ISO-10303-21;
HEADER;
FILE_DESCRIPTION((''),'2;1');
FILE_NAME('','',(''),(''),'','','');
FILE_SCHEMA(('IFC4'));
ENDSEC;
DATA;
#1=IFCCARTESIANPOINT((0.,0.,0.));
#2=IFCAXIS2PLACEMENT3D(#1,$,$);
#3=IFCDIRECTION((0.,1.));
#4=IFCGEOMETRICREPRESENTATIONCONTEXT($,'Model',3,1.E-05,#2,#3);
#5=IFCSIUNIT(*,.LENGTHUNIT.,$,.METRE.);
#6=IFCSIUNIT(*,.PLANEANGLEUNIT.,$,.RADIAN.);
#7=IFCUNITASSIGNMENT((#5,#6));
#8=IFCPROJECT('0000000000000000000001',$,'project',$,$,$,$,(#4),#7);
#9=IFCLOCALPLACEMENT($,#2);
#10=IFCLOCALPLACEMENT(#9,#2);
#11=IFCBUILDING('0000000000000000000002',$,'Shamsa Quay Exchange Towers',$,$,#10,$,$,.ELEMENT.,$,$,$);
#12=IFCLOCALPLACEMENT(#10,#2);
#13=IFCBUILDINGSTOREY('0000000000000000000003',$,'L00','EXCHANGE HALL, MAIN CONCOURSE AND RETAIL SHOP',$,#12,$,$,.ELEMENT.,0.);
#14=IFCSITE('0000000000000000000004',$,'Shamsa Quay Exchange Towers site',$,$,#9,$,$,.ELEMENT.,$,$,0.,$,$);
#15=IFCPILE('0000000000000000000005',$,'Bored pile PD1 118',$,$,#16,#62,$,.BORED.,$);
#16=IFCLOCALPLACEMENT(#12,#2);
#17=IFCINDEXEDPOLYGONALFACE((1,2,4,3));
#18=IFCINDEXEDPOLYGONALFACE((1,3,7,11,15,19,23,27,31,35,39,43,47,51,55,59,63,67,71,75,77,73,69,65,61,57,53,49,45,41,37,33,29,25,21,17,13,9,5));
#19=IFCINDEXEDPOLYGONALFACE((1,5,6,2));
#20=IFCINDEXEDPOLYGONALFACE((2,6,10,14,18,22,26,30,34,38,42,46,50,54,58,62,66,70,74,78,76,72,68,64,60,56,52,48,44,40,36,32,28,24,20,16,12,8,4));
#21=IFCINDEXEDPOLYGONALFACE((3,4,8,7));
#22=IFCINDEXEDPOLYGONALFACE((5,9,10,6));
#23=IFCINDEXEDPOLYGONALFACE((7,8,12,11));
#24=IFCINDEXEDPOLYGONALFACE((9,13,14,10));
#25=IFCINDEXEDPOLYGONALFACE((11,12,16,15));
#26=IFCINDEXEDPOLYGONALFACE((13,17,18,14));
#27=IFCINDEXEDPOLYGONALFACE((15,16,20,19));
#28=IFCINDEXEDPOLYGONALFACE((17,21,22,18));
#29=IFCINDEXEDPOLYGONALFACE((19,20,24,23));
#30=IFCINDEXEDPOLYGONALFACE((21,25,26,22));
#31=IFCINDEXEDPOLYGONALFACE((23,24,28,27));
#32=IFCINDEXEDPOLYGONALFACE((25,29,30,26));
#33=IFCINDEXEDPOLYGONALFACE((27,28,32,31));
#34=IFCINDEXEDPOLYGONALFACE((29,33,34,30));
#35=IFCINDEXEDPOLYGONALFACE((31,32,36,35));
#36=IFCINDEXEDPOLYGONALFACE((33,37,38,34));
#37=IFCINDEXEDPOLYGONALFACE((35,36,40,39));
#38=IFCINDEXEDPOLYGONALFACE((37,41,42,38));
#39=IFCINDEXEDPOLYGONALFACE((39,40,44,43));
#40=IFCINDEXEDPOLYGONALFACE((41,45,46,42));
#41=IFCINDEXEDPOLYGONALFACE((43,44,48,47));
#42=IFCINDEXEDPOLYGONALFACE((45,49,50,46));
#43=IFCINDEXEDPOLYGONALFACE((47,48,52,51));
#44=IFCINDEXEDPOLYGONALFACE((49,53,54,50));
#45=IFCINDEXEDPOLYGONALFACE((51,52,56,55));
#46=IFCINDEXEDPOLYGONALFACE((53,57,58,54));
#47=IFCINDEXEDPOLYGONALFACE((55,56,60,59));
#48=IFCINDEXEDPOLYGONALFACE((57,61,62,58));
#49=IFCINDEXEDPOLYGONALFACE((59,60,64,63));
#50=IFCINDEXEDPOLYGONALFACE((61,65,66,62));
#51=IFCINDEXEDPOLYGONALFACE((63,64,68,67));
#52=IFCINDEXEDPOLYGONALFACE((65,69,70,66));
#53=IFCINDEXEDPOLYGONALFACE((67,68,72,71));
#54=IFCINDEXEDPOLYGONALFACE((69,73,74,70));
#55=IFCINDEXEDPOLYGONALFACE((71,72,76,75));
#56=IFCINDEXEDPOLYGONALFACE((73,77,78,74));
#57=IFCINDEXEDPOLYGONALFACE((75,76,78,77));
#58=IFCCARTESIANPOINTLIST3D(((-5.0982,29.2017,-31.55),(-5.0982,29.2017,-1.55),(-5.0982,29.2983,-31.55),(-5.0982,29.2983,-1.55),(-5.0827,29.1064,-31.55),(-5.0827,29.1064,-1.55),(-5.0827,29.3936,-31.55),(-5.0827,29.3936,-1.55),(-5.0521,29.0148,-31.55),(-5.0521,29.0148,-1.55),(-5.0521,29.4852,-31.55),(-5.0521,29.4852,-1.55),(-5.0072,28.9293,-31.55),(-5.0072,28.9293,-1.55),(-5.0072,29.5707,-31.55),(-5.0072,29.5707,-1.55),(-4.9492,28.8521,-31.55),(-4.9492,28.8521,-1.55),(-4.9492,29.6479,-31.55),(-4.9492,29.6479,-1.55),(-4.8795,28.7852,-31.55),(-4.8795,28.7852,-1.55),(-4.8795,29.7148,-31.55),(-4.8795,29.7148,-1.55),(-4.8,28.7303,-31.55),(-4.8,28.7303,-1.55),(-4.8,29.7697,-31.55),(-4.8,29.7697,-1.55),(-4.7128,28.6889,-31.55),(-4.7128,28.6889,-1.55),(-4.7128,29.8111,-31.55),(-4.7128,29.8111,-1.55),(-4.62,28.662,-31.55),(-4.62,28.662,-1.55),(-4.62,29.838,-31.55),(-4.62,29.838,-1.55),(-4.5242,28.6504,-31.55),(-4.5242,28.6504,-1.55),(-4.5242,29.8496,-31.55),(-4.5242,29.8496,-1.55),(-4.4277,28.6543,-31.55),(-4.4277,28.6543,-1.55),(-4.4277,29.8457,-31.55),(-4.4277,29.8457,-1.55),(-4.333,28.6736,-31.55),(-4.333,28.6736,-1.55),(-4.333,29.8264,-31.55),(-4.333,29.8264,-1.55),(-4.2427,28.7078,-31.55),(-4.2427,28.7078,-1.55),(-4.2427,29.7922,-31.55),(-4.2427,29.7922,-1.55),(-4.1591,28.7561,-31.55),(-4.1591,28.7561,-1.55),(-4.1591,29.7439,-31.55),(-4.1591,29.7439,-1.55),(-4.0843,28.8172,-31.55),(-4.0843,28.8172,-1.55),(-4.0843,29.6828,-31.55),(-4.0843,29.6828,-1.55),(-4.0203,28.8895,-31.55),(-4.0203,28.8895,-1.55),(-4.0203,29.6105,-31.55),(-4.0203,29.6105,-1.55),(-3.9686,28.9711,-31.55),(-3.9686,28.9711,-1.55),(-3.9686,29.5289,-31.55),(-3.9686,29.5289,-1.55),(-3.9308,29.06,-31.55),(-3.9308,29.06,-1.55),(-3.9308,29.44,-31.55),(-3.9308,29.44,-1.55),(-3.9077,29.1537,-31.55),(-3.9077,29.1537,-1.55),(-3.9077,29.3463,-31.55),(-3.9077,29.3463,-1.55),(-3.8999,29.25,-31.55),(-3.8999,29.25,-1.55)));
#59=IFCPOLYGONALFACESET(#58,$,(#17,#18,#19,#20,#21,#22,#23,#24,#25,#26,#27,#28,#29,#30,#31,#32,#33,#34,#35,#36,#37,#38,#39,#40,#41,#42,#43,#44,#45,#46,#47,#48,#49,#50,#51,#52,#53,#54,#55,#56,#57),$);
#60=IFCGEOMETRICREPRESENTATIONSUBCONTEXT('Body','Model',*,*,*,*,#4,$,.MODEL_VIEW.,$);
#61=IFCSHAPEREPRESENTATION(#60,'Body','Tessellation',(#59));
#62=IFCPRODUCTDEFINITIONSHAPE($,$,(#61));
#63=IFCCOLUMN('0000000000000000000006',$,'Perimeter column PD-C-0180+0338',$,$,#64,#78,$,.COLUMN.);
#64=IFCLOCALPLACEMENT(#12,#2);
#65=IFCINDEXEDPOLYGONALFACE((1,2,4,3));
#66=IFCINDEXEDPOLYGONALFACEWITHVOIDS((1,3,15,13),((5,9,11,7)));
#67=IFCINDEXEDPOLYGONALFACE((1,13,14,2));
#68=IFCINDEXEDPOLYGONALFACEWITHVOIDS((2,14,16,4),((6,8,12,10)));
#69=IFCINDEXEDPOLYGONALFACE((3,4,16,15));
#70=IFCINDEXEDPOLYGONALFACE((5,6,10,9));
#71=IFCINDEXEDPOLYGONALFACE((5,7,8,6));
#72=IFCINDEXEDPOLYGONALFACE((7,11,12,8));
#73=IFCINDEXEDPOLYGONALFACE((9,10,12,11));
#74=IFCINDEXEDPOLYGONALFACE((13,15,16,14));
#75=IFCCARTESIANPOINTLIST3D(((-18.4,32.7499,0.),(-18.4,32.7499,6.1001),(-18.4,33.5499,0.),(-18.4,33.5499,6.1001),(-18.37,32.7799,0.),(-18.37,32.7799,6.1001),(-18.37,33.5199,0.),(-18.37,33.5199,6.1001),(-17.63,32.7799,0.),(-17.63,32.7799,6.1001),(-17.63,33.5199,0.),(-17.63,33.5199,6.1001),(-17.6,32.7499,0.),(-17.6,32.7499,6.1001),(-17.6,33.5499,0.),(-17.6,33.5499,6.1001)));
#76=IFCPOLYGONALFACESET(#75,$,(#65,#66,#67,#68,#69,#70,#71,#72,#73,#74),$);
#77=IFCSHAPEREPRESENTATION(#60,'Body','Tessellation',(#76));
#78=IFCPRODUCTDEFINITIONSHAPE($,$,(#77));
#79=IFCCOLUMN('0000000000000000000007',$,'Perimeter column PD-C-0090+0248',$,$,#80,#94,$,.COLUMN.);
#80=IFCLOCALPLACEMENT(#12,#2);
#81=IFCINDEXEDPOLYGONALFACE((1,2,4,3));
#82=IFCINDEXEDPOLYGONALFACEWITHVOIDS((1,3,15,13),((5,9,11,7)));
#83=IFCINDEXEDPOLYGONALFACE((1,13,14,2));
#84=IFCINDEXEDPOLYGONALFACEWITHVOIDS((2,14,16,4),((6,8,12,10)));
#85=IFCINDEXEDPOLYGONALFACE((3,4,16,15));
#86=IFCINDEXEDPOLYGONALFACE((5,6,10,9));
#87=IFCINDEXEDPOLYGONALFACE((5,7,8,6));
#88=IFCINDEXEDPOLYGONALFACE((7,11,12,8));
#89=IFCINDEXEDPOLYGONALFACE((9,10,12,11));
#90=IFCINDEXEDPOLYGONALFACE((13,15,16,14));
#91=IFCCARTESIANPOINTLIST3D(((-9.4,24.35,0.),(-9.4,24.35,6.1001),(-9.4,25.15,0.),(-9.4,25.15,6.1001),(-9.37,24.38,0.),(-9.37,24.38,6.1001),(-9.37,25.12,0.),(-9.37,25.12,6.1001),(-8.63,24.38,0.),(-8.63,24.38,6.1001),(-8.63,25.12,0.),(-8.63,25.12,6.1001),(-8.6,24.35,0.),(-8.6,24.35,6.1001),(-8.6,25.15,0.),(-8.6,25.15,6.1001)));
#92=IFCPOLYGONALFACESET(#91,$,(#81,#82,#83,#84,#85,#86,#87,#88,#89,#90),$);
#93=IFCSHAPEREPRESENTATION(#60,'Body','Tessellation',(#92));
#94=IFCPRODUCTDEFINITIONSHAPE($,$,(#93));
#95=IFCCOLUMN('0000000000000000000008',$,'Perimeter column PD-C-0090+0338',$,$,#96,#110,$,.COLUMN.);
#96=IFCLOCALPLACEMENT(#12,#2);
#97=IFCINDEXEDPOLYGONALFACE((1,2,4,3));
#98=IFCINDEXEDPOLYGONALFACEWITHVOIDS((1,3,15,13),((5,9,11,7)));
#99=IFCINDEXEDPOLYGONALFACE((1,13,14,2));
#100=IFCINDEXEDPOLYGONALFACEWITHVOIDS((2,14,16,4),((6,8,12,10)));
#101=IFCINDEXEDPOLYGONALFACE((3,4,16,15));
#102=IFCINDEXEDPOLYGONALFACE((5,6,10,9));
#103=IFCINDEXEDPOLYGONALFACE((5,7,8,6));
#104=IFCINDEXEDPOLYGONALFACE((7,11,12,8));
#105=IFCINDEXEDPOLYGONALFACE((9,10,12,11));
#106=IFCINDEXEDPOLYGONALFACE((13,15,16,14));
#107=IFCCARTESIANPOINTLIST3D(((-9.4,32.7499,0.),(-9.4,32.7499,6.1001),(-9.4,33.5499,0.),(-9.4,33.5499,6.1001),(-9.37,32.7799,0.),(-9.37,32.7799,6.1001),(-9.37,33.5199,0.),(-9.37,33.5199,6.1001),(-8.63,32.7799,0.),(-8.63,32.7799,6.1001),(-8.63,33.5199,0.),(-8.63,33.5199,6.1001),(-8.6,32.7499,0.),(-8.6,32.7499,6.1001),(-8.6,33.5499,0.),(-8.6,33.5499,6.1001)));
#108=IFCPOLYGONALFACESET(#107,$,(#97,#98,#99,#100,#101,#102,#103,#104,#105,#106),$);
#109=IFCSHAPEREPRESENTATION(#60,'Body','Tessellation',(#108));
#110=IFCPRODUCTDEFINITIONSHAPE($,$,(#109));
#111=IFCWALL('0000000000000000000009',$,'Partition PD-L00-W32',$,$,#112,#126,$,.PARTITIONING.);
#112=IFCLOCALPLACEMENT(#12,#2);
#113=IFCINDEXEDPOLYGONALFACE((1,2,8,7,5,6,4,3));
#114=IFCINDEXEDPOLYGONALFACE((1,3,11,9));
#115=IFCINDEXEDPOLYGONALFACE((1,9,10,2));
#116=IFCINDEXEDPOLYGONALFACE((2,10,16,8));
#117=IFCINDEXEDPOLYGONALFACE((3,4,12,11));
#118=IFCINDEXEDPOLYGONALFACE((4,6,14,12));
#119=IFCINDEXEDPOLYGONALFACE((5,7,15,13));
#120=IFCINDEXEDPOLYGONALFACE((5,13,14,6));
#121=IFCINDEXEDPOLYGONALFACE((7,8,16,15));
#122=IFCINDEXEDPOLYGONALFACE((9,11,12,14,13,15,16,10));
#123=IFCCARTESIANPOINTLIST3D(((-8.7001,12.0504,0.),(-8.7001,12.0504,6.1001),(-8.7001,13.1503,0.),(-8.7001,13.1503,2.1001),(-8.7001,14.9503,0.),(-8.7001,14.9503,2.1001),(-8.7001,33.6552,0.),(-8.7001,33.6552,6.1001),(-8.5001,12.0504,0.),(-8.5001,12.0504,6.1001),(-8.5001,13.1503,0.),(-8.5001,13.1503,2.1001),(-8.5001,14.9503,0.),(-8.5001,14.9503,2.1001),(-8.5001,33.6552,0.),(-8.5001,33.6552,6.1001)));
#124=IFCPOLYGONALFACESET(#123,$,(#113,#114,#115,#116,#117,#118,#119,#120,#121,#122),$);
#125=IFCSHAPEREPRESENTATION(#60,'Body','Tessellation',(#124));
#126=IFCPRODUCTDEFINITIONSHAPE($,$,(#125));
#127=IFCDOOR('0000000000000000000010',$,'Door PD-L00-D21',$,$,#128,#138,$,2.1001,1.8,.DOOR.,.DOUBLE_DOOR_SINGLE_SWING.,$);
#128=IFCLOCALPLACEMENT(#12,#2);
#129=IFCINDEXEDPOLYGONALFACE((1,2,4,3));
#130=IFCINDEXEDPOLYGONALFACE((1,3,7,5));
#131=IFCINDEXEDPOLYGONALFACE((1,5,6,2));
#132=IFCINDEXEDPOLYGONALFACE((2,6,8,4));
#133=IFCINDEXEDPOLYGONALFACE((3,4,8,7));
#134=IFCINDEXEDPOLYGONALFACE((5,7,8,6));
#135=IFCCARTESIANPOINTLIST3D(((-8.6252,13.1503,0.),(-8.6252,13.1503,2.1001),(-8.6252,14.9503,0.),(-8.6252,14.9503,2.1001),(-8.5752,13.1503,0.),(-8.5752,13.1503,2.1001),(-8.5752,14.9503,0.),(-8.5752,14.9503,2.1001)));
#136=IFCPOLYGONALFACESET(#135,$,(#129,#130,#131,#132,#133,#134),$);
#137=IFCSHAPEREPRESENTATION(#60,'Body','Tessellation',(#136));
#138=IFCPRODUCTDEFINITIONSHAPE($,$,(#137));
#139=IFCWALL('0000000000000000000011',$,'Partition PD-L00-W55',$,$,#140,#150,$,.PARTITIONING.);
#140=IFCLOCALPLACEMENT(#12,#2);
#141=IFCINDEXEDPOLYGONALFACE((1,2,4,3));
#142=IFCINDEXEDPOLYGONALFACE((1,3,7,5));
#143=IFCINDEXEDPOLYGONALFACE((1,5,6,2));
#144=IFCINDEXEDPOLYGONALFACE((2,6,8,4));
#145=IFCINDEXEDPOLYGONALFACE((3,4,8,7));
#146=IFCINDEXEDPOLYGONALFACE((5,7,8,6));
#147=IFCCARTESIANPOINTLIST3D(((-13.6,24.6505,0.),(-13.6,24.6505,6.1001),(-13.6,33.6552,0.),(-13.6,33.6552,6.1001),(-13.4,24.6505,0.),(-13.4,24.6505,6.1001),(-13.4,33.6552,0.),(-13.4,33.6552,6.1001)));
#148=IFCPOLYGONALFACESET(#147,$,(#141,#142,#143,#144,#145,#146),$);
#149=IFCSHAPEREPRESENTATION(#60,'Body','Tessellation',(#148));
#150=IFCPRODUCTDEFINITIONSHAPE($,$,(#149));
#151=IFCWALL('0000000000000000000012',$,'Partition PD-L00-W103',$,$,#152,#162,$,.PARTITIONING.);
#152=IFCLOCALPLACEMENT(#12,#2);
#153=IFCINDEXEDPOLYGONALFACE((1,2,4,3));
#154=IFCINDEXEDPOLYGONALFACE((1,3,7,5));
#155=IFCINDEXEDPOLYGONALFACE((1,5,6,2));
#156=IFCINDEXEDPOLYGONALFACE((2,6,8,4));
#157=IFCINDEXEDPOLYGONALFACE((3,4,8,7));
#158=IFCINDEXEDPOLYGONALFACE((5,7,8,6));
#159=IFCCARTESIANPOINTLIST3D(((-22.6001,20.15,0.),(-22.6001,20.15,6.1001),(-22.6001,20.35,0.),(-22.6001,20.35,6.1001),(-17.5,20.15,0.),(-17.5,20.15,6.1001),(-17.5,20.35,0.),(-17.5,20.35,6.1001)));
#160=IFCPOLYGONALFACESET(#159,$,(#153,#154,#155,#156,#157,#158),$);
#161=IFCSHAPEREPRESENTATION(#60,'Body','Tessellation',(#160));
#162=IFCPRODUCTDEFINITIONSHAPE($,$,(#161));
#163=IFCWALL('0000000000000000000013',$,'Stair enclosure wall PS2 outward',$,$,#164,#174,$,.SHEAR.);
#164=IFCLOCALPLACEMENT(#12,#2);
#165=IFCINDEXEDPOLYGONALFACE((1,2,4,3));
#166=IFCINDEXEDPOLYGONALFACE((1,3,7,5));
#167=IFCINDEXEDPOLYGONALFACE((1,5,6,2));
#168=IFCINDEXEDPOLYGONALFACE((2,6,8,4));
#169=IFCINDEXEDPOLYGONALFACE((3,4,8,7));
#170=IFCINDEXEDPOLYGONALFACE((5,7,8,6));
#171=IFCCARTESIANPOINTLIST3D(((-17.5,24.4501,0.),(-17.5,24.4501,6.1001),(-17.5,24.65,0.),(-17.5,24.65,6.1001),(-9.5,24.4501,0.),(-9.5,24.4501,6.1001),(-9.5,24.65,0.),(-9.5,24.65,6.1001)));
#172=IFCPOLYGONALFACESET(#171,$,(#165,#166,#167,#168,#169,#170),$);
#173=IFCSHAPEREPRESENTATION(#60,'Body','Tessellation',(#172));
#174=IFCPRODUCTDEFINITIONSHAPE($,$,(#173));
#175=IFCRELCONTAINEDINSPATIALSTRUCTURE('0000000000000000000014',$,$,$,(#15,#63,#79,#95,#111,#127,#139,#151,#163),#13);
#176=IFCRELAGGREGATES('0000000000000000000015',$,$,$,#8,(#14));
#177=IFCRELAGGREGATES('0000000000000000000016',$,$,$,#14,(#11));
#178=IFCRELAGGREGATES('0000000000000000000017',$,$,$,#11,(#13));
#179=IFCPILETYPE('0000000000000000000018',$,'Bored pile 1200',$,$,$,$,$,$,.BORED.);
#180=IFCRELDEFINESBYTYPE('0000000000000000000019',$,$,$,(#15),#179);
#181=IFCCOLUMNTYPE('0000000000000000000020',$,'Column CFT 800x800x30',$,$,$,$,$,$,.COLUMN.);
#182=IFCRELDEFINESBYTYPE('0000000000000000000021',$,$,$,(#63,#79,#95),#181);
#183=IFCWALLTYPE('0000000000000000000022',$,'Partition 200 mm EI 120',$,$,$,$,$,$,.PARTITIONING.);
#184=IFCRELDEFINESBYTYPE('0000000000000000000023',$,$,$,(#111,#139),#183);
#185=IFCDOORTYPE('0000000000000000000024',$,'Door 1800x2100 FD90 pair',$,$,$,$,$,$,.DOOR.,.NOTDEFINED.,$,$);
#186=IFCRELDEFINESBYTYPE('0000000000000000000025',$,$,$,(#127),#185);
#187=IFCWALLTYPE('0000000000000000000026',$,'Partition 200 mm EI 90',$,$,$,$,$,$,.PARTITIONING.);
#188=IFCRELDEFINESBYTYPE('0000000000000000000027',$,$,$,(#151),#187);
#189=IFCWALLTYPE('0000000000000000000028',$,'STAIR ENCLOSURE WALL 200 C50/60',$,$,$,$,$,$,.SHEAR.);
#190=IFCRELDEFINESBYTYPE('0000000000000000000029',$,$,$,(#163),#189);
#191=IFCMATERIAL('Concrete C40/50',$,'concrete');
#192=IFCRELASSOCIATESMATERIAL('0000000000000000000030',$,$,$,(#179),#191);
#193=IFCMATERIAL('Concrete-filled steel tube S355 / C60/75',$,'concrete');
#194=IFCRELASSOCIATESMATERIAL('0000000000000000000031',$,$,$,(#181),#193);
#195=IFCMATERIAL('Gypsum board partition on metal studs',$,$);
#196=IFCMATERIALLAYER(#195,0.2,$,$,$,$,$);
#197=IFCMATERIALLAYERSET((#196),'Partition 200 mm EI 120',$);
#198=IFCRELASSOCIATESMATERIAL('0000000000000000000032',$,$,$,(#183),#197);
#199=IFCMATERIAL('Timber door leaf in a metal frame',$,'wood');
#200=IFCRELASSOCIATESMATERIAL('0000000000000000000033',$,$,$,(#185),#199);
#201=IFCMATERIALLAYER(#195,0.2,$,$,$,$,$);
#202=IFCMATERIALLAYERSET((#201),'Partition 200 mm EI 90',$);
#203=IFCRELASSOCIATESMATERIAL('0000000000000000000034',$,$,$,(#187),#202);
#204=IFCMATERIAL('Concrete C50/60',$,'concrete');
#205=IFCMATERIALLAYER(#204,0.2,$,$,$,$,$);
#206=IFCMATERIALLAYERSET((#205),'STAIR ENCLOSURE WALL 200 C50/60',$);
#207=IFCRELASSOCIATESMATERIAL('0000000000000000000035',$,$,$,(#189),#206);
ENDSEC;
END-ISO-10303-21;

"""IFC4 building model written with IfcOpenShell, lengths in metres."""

from ifc_helpers import new_model, si_unit, direction, frame, frame_2d, origin, origin_2d, place, context, subcontext, project, spatial, rectangle, hollow_rectangle, circle, extrude, material, layer, layer_set, material_profile, profile_set, type_object, element, fill, save


model = new_model("IFC4")

# Units and contexts
model_context = context("Model", 3, precision=1e-05, world=origin(), true_north=direction((0.0, 1.0)))
body_context = subcontext(model_context, "Body", "Model", "MODEL_VIEW")
ifc_project = project(units=[si_unit("LENGTHUNIT", "METRE"), si_unit("PLANEANGLEUNIT", "RADIAN")], contexts=[model_context])

# Site, building, storey
site_placement = place(None, origin())
site = spatial("IfcSite", under=ifc_project, at=site_placement, Name="Shamsa Quay Exchange Towers site", CompositionType="ELEMENT", RefElevation=0.0)
building_placement = place(site_placement, origin())
building = spatial("IfcBuilding", under=site, at=building_placement, Name="Shamsa Quay Exchange Towers", CompositionType="ELEMENT")
storey_placement = place(building_placement, origin())
storey = spatial("IfcBuildingStorey", under=building, at=storey_placement, Name="L00", Description="EXCHANGE HALL, MAIN CONCOURSE AND RETAIL SHOP", CompositionType="ELEMENT", Elevation=0.0)

# Pile
ifc_material_1 = material(Name="Concrete C40/50", Category="concrete")
ifc_material_profile_1 = material_profile(ifc_material_1, circle(Radius=0.6001, at=origin_2d()), Name="BP1200")
ifc_profile_set_1 = profile_set([ifc_material_profile_1], Name="Concrete C40/50")
pile_type = type_object("IfcPileType", Name="Bored pile 1200", PredefinedType="BORED", material=ifc_profile_set_1)
for number, where, z_axis, x_axis, name in (
    (1, (-4.5, 29.25, -1.55), (0.0, 0.0, -1.0), (1.0, 0.0, 0.0), "Bored pile PD1 118"),
):
    element("IfcPile", number, at=place(storey_placement, frame(where, z_axis=z_axis, x_axis=x_axis)), inside=storey, type_object=pile_type, Name=name, PredefinedType="BORED", context=body_context, shape_type="SweptSolid", body=[
        extrude(circle(Radius=0.6001, at=origin_2d()), origin(), (0.0, 0.0, 1.0), 30.0),
    ])

# Columns
ifc_material_2 = material(Name="Concrete-filled steel tube S355 / C60/75", Category="concrete")
ifc_material_profile_2 = material_profile(ifc_material_2, hollow_rectangle(XDim=0.8, YDim=0.8, WallThickness=0.03, at=origin_2d()), Name="CFT 800x800x30")
ifc_profile_set_2 = profile_set([ifc_material_profile_2], Name="Concrete-filled steel tube S355 / C60/75")
column_type = type_object("IfcColumnType", Name="Column CFT 800x800x30", PredefinedType="COLUMN", material=ifc_profile_set_2)
for number, where, name in (
    (2, (-18.0, 33.1499, 0.0), "Perimeter column PD-C-0180+0338"),
    (3, (-9.0, 24.75, 0.0), "Perimeter column PD-C-0090+0248"),
    (4, (-9.0, 33.1499, 0.0), "Perimeter column PD-C-0090+0338"),
):
    element("IfcColumn", number, at=place(storey_placement, frame(where)), inside=storey, type_object=column_type, Name=name, PredefinedType="COLUMN", context=body_context, shape_type="SweptSolid", body=[
        extrude(hollow_rectangle(XDim=0.8, YDim=0.8, WallThickness=0.03, at=origin_2d()), origin(), (0.0, 0.0, 1.0), 6.1001),
    ])

# Wall, opening, door
ifc_material_3 = material(Name="Gypsum board partition on metal studs")
ifc_layer_1 = layer(ifc_material_3, 0.2)
ifc_layer_set_1 = layer_set([ifc_layer_1], Name="Partition 200 mm EI 120")
wall_type_1 = type_object("IfcWallType", Name="Partition 200 mm EI 120", PredefinedType="PARTITIONING", material=ifc_layer_set_1)
wall_1_placement = place(storey_placement, frame((-8.6001, 33.655, 0.0), z_axis=(0.0, 0.0, 1.0), x_axis=(0.0, -1.0, 0.0)))
wall_1 = element("IfcWall", 5, at=wall_1_placement, inside=storey, type_object=wall_type_1, Name="Partition PD-L00-W32", PredefinedType="PARTITIONING", context=body_context, shape_type="SweptSolid", body=[
    extrude(rectangle(XDim=21.6047, YDim=0.2, at=frame_2d((10.8022, 0.0))), origin(), (0.0, 0.0, 1.0), 6.1001),
])
opening_placement = place(wall_1_placement, frame((18.7048, 0.0, 0.0)))
opening = element("IfcOpeningElement", 6, at=opening_placement, cuts=wall_1, PredefinedType="OPENING", context=body_context, shape_type="SweptSolid", body=[
    extrude(rectangle(XDim=1.8, YDim=2.1001, at=frame_2d((0.8999, 1.05))), frame((0.0, 0.1099, 0.0), z_axis=(0.0, -1.0, 0.0), x_axis=(1.0, 0.0, 0.0)), (0.0, 0.0, 1.0), 0.22),
])
ifc_material_4 = material(Name="Timber door leaf in a metal frame", Category="wood")
door_type = type_object("IfcDoorType", Name="Door 1800x2100 FD90 pair", OperationType="NOTDEFINED", PredefinedType="DOOR", material=ifc_material_4)
door_placement = place(opening_placement, origin())
door = element("IfcDoor", 7, at=door_placement, inside=storey, type_object=door_type, Name="Door PD-L00-D21", OperationType="DOUBLE_DOOR_SINGLE_SWING", OverallHeight=2.1001, OverallWidth=1.8, PredefinedType="DOOR", context=body_context, shape_type="SweptSolid", body=[
    extrude(rectangle(XDim=1.8, YDim=2.1001, at=frame_2d((0.8999, 1.05))), frame((0.0, 0.0249, 0.0), z_axis=(0.0, -1.0, 0.0), x_axis=(1.0, 0.0, 0.0)), (0.0, 0.0, 1.0), 0.05),
])
fill(opening, door)

# Walls
wall_2_placement = place(storey_placement, frame((-13.5, 24.6504, 0.0), z_axis=(0.0, 0.0, 1.0), x_axis=(0.0, 1.0, 0.0)))
element("IfcWall", 8, at=wall_2_placement, inside=storey, type_object=wall_type_1, Name="Partition PD-L00-W55", PredefinedType="PARTITIONING", context=body_context, shape_type="SweptSolid", body=[
    extrude(rectangle(XDim=9.0046, YDim=0.2, at=frame_2d((4.5024, 0.0))), origin(), (0.0, 0.0, 1.0), 6.1001),
])
ifc_layer_2 = layer(ifc_material_3, 0.2)
ifc_layer_set_2 = layer_set([ifc_layer_2], Name="Partition 200 mm EI 90")
wall_type_2 = type_object("IfcWallType", Name="Partition 200 mm EI 90", PredefinedType="PARTITIONING", material=ifc_layer_set_2)
wall_3_placement = place(storey_placement, frame((-17.5, 20.25, 0.0), z_axis=(0.0, 0.0, 1.0), x_axis=(-1.0, 0.0, 0.0)))
element("IfcWall", 9, at=wall_3_placement, inside=storey, type_object=wall_type_2, Name="Partition PD-L00-W103", PredefinedType="PARTITIONING", context=body_context, shape_type="SweptSolid", body=[
    extrude(rectangle(XDim=5.1001, YDim=0.2, at=frame_2d((2.55, 0.0))), origin(), (0.0, 0.0, 1.0), 6.1001),
])
ifc_material_5 = material(Name="Concrete C50/60", Category="concrete")
ifc_layer_3 = layer(ifc_material_5, 0.2)
ifc_layer_set_3 = layer_set([ifc_layer_3], Name="STAIR ENCLOSURE WALL 200 C50/60")
wall_type_3 = type_object("IfcWallType", Name="STAIR ENCLOSURE WALL 200 C50/60", PredefinedType="SHEAR", material=ifc_layer_set_3)
wall_4_placement = place(storey_placement, frame((-17.5, 24.55, 0.0)))
element("IfcWall", 10, at=wall_4_placement, inside=storey, type_object=wall_type_3, Name="Stair enclosure wall PS2 outward", PredefinedType="SHEAR", context=body_context, shape_type="SweptSolid", body=[
    extrude(rectangle(XDim=8.0, YDim=0.2, at=frame_2d((4.0, 0.0))), origin(), (0.0, 0.0, 1.0), 6.1001),
])

save(model, "model.ifc")
